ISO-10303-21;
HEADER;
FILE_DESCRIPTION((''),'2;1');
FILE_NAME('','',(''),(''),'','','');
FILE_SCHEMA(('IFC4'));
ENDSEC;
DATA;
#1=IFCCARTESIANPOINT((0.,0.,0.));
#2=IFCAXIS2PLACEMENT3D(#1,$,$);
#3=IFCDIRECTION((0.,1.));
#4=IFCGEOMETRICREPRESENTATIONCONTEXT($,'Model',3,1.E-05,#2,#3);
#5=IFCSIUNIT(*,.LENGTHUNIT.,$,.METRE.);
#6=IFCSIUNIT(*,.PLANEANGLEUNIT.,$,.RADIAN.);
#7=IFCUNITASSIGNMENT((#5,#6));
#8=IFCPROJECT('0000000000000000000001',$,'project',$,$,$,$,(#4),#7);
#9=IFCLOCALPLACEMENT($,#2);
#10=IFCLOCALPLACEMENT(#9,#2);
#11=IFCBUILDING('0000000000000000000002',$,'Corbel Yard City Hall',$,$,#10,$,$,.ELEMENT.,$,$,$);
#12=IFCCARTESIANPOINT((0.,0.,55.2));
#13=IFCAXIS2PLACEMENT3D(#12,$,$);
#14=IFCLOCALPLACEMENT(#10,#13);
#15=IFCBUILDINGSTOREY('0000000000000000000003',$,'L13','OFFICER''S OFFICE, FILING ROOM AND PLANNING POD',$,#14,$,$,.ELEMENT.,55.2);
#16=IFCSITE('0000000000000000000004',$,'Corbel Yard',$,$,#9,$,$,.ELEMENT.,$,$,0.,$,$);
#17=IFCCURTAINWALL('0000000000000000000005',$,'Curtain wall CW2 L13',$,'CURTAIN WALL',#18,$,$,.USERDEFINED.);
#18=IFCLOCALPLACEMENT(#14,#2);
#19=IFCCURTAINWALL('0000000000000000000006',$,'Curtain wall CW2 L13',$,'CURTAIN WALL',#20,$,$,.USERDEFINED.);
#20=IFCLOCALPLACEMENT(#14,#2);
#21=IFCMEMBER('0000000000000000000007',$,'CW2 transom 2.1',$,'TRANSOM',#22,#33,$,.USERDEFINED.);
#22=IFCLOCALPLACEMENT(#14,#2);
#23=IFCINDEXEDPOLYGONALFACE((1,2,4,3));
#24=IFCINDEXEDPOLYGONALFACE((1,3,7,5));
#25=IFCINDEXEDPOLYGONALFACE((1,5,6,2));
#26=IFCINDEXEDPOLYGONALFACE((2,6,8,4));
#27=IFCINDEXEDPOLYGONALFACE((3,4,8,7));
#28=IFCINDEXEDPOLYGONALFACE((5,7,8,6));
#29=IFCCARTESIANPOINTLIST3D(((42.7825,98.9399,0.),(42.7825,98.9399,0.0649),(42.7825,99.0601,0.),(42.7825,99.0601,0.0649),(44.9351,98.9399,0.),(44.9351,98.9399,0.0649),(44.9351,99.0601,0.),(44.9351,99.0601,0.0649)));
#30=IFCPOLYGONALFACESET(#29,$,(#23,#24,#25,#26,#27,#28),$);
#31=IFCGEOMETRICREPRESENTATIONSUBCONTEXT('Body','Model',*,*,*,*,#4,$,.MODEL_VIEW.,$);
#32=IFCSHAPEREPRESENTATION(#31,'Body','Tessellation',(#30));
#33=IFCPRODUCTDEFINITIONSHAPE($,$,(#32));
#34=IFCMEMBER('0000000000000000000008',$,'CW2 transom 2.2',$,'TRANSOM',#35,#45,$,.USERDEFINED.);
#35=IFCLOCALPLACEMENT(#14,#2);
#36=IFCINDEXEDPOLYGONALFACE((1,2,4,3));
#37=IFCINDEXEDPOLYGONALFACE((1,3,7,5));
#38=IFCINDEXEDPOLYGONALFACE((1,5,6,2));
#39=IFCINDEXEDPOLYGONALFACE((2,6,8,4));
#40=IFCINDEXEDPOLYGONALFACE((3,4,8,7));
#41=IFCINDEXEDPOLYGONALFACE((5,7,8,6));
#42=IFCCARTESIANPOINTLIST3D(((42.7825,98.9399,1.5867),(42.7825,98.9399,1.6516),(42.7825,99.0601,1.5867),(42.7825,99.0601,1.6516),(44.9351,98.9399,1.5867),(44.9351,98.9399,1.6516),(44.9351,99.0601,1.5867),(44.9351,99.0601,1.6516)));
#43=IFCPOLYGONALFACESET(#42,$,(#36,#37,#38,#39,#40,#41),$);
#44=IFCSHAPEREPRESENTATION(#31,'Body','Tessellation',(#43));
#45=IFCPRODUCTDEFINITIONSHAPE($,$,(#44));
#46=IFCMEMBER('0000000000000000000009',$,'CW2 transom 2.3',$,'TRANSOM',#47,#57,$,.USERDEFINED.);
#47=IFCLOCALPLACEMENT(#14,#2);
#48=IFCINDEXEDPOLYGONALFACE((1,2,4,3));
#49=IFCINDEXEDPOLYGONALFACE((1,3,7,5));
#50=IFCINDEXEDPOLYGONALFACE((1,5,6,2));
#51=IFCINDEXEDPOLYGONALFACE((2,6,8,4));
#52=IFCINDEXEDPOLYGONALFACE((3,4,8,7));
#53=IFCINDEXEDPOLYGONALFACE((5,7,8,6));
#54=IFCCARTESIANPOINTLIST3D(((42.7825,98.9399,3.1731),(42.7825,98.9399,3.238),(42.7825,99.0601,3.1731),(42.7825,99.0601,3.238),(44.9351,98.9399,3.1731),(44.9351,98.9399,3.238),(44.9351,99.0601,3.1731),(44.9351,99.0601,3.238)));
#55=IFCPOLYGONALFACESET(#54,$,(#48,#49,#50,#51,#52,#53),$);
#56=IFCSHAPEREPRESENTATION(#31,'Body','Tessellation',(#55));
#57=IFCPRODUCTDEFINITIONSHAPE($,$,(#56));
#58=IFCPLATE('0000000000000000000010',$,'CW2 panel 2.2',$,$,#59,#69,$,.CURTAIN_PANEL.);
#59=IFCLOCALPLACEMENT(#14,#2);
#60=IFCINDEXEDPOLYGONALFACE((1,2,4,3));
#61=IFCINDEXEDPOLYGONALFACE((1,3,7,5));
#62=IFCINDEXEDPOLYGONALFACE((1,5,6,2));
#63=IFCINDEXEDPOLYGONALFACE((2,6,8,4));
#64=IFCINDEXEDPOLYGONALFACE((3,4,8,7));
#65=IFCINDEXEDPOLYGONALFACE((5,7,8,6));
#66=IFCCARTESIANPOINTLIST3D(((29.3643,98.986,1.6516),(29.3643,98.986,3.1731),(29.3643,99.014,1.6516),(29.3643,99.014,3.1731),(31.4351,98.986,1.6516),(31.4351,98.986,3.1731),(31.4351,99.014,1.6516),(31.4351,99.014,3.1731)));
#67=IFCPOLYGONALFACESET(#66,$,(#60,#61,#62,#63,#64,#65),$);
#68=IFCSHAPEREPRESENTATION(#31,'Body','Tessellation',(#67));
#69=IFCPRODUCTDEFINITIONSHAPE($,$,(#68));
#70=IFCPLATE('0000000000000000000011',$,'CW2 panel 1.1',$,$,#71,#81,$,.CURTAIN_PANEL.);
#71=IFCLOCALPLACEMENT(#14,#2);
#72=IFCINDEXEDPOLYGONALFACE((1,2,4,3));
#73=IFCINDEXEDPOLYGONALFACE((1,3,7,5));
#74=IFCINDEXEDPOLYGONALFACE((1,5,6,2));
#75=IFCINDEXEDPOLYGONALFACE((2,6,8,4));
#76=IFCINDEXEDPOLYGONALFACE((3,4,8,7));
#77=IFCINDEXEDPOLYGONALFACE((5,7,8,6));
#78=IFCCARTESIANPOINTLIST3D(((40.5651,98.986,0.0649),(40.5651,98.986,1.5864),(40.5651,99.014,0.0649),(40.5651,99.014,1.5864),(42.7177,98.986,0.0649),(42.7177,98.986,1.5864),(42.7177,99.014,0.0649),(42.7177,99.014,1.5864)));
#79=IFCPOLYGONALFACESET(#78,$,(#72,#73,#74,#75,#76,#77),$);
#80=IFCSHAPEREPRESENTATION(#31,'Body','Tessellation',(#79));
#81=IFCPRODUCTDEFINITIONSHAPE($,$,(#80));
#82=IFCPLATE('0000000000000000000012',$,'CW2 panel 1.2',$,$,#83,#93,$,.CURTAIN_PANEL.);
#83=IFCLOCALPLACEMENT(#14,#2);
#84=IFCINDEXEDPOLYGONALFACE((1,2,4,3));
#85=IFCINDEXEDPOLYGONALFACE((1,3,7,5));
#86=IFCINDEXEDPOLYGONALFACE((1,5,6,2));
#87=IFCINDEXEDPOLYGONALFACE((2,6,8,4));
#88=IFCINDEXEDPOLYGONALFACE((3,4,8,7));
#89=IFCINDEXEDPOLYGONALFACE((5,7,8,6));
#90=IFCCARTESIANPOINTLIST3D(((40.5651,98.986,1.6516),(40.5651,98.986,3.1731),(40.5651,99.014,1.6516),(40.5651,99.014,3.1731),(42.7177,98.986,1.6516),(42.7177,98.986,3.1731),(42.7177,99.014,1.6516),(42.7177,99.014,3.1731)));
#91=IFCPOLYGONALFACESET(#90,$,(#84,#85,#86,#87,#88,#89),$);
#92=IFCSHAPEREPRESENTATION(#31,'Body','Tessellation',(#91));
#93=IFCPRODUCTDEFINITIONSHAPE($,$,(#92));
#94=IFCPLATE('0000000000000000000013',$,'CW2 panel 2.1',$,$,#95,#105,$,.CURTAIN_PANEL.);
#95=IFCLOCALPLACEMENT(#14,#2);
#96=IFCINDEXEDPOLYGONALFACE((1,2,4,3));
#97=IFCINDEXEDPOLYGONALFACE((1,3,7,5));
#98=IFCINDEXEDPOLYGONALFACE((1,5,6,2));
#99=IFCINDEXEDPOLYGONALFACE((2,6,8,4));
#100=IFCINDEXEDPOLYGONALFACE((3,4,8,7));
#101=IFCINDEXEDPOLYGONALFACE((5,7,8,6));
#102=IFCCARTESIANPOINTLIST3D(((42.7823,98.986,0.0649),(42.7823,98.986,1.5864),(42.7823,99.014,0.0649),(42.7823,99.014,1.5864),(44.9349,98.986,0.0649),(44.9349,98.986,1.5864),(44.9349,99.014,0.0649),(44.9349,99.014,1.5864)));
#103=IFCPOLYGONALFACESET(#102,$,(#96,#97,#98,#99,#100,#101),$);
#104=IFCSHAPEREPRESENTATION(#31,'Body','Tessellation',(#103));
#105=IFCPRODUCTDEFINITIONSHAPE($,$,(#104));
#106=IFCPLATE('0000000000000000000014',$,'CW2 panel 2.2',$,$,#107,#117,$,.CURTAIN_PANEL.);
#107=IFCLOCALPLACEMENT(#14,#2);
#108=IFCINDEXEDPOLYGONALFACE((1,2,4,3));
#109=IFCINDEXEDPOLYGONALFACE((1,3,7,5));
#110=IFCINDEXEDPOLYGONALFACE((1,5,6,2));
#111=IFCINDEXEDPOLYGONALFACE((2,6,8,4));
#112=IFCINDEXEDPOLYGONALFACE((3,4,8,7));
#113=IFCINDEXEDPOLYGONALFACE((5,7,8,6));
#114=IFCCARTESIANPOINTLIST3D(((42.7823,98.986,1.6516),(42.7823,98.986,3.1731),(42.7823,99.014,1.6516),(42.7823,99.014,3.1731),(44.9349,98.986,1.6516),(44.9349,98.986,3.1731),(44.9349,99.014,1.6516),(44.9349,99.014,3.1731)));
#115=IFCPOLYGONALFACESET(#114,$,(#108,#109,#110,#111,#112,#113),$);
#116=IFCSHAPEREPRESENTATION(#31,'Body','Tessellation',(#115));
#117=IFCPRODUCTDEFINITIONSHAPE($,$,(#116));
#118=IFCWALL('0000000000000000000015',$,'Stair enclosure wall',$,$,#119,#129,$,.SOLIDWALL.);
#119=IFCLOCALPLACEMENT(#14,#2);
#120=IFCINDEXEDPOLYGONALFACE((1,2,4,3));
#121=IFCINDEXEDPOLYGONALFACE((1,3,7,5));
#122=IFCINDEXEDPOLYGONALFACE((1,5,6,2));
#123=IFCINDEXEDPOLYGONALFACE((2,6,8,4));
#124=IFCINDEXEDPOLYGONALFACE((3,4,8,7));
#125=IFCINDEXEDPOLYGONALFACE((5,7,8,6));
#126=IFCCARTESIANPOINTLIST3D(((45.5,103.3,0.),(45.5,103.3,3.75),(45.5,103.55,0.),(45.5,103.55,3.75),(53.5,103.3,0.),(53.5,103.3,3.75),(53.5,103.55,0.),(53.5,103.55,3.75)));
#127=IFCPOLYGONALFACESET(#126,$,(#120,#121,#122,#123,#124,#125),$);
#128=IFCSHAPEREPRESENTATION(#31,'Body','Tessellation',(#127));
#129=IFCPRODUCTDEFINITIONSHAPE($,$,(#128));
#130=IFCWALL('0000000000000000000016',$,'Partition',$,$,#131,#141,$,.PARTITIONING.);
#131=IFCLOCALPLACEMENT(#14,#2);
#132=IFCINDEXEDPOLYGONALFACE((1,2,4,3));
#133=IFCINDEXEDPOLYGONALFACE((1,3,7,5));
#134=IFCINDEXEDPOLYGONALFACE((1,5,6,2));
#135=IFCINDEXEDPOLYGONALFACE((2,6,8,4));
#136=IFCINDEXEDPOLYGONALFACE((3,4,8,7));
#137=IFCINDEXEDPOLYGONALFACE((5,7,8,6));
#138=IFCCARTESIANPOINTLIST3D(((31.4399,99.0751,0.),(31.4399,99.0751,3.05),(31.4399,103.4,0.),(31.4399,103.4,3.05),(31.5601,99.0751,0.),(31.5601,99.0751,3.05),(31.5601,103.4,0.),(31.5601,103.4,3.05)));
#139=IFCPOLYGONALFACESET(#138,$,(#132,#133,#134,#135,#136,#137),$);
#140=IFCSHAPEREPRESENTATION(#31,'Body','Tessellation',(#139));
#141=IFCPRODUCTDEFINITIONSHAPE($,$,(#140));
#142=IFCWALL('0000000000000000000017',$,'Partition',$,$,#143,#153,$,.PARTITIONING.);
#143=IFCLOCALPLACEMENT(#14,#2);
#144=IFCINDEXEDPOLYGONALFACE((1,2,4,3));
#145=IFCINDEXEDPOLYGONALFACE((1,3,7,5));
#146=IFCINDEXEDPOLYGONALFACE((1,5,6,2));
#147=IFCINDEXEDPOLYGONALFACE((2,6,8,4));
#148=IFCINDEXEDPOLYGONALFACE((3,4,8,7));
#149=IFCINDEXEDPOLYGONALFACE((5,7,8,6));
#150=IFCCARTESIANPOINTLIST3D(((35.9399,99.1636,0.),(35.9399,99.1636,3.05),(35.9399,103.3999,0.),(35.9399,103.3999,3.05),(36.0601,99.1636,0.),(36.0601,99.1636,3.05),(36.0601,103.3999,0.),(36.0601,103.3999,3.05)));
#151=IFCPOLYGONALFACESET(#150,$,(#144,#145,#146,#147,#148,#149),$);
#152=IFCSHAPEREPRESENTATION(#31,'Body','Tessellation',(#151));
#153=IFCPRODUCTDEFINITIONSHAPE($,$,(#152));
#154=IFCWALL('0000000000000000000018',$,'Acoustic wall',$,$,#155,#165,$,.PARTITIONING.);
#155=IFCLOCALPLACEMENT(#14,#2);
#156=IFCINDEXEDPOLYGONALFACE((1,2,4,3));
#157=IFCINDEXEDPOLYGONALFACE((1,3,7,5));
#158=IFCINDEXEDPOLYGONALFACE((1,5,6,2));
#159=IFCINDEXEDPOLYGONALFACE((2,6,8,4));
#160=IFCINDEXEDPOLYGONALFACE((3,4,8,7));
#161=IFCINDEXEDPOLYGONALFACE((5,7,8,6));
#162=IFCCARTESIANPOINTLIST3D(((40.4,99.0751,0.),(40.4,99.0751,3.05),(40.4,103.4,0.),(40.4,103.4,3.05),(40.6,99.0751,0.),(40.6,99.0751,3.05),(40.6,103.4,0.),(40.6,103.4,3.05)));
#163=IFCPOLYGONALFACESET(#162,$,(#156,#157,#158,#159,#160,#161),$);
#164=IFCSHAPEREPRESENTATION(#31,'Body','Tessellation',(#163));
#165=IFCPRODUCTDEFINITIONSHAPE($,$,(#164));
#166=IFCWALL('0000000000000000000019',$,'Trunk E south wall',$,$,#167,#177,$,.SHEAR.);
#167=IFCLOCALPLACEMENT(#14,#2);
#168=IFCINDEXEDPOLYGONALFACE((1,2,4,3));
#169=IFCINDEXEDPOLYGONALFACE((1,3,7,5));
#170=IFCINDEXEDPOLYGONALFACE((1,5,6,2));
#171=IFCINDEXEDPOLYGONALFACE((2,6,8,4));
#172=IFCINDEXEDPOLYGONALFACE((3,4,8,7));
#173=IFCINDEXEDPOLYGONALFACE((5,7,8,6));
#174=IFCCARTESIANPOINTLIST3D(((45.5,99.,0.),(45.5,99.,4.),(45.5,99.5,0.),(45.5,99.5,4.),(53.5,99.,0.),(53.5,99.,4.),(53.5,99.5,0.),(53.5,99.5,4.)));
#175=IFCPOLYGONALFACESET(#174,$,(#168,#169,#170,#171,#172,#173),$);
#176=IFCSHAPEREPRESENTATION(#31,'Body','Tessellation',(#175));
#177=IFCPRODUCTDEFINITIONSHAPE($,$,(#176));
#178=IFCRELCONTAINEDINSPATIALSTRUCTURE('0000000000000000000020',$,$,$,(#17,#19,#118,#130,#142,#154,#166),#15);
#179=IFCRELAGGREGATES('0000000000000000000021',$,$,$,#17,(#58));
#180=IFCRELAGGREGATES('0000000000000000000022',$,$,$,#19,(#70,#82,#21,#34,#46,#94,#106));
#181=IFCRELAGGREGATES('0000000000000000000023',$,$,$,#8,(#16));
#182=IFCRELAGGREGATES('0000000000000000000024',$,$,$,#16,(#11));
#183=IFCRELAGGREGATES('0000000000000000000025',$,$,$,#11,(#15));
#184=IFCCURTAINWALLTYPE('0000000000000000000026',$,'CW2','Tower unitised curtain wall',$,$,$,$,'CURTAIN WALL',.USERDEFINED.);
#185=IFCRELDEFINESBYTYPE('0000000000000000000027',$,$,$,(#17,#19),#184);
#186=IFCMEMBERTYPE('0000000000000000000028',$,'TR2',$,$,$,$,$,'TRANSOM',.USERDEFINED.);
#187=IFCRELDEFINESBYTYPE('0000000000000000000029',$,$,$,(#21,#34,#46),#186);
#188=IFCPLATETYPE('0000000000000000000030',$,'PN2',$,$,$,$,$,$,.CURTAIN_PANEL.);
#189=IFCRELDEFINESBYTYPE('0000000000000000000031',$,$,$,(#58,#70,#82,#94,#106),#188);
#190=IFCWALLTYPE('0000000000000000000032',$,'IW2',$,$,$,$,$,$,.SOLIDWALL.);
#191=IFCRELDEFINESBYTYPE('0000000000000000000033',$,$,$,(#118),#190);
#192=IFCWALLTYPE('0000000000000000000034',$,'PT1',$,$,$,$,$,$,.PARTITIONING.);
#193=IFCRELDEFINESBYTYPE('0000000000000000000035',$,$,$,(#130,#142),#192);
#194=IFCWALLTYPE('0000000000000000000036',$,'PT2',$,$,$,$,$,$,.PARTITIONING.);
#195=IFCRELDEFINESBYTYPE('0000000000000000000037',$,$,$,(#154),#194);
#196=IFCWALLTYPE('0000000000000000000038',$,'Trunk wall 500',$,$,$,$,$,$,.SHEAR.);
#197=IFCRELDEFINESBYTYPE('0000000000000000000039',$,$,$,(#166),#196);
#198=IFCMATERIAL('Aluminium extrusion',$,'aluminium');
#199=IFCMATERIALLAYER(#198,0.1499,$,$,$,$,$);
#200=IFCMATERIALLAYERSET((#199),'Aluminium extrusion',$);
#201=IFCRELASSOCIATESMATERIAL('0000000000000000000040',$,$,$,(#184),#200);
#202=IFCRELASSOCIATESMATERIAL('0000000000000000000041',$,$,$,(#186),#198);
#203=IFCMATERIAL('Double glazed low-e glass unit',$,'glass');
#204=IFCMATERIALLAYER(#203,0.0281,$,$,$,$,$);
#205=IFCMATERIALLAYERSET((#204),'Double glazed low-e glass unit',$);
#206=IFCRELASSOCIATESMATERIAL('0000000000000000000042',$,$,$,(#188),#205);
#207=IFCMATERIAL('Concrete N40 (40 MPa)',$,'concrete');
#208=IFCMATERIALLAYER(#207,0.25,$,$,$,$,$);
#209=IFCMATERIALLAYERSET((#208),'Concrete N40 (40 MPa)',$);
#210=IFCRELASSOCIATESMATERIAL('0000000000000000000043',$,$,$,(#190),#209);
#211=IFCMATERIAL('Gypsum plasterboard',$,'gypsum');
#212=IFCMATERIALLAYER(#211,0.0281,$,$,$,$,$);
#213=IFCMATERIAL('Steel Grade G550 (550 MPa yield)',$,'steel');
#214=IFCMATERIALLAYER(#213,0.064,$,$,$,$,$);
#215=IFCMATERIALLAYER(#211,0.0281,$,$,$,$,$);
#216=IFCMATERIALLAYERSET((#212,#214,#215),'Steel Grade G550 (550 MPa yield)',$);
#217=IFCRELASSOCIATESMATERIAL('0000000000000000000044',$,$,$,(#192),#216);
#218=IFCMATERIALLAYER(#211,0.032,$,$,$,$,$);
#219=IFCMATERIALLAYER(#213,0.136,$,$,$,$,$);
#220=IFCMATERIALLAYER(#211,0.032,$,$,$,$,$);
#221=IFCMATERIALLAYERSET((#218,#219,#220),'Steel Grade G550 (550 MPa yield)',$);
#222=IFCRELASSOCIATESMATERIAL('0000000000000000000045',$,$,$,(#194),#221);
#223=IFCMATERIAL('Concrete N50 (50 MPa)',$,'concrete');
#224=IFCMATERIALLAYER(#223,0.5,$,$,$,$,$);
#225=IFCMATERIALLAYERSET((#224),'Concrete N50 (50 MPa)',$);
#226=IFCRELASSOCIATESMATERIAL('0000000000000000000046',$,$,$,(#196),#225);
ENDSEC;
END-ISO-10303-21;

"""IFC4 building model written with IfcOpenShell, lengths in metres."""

from ifc_helpers import new_model, si_unit, direction, frame, frame_2d, origin, origin_2d, place, context, subcontext, project, spatial, rectangle, extrude, material, layer, layer_set, material_profile, profile_set, type_object, element, aggregate, save


model = new_model("IFC4")

# Units and contexts
model_context = context("Model", 3, precision=1e-05, world=origin(), true_north=direction((0.0, 1.0)))
body_context = subcontext(model_context, "Body", "Model", "MODEL_VIEW")
ifc_project = project(units=[si_unit("LENGTHUNIT", "METRE"), si_unit("PLANEANGLEUNIT", "RADIAN")], contexts=[model_context])

# Site, building, storey
site_placement = place(None, origin())
site = spatial("IfcSite", under=ifc_project, at=site_placement, Name="Corbel Yard", CompositionType="ELEMENT", RefElevation=0.0)
building_placement = place(site_placement, origin())
building = spatial("IfcBuilding", under=site, at=building_placement, Name="Corbel Yard City Hall", CompositionType="ELEMENT")
storey_placement = place(building_placement, frame((0.0, 0.0, 55.2)))
storey = spatial("IfcBuildingStorey", under=building, at=storey_placement, Name="L13", Description="OFFICER'S OFFICE, FILING ROOM AND PLANNING POD", CompositionType="ELEMENT", Elevation=55.2)

# Curtain wall
ifc_material_1 = material(Name="Aluminium extrusion", Category="aluminium")
ifc_layer_1 = layer(ifc_material_1, 0.1499)
ifc_layer_set_1 = layer_set([ifc_layer_1], Name="Aluminium extrusion")
curtain_wall_type = type_object("IfcCurtainWallType", Name="CW2", Description="Tower unitised curtain wall", ElementType="CURTAIN WALL", PredefinedType="USERDEFINED", material=ifc_layer_set_1)
curtain_wall_1_placement = place(storey_placement, origin())
curtain_wall_1 = element("IfcCurtainWall", 1, at=curtain_wall_1_placement, inside=storey, type_object=curtain_wall_type, Name="Curtain wall CW2 L13", ObjectType="CURTAIN WALL", PredefinedType="USERDEFINED")

# Curtain wall, members
curtain_wall_2_placement = place(storey_placement, origin())
curtain_wall_2 = element("IfcCurtainWall", 2, at=curtain_wall_2_placement, inside=storey, type_object=curtain_wall_type, Name="Curtain wall CW2 L13", ObjectType="CURTAIN WALL", PredefinedType="USERDEFINED")
ifc_material_profile_1 = material_profile(ifc_material_1, rectangle(XDim=0.1201, YDim=0.0649, at=origin_2d()), Name="120x65")
ifc_profile_set_1 = profile_set([ifc_material_profile_1], Name="Aluminium extrusion")
member_type_1 = type_object("IfcMemberType", Name="TR2", ElementType="TRANSOM", PredefinedType="USERDEFINED", material=ifc_profile_set_1)
member_1_placement = place(storey_placement, frame((42.7825, 99.0, 0.0325), z_axis=(1.0, 0.0, 0.0), x_axis=(0.0, 1.0, 0.0)))
member_1 = element("IfcMember", 3, at=member_1_placement, type_object=member_type_1, Name="CW2 transom 2.1", ObjectType="TRANSOM", PredefinedType="USERDEFINED", context=body_context, shape_type="SweptSolid", body=[
    extrude(rectangle(XDim=0.1201, YDim=0.0649, at=origin_2d()), origin(), (0.0, 0.0, 1.0), 2.1526),
])
member_2_placement = place(storey_placement, frame((42.7825, 99.0, 1.6191), z_axis=(1.0, 0.0, 0.0), x_axis=(0.0, 1.0, 0.0)))
member_2 = element("IfcMember", 4, at=member_2_placement, type_object=member_type_1, Name="CW2 transom 2.2", ObjectType="TRANSOM", PredefinedType="USERDEFINED", context=body_context, shape_type="SweptSolid", body=[
    extrude(rectangle(XDim=0.1201, YDim=0.0649, at=origin_2d()), origin(), (0.0, 0.0, 1.0), 2.1526),
])
member_3_placement = place(storey_placement, frame((42.7825, 99.0, 3.2056), z_axis=(1.0, 0.0, 0.0), x_axis=(0.0, 1.0, 0.0)))
member_3 = element("IfcMember", 5, at=member_3_placement, type_object=member_type_1, Name="CW2 transom 2.3", ObjectType="TRANSOM", PredefinedType="USERDEFINED", context=body_context, shape_type="SweptSolid", body=[
    extrude(rectangle(XDim=0.1201, YDim=0.0649, at=origin_2d()), origin(), (0.0, 0.0, 1.0), 2.1526),
])

# Plates
ifc_material_2 = material(Name="Double glazed low-e glass unit", Category="glass")
ifc_layer_2 = layer(ifc_material_2, 0.0281)
ifc_layer_set_2 = layer_set([ifc_layer_2], Name="Double glazed low-e glass unit")
plate_type = type_object("IfcPlateType", Name="PN2", PredefinedType="CURTAIN_PANEL", material=ifc_layer_set_2)
plate_1_placement = place(storey_placement, frame((30.3997, 99.0, 1.6516), z_axis=(0.0, 0.0, 1.0), x_axis=(1.0, 0.0, 0.0)))
plate_1 = element("IfcPlate", 6, at=plate_1_placement, type_object=plate_type, Name="CW2 panel 2.2", PredefinedType="CURTAIN_PANEL", context=body_context, shape_type="SweptSolid", body=[
    extrude(rectangle(XDim=2.0708, YDim=0.0281, at=origin_2d()), origin(), (0.0, 0.0, 1.0), 1.5215),
])
aggregate(curtain_wall_1, [plate_1])
plate_2_placement = place(storey_placement, frame((41.6414, 99.0, 0.0649), z_axis=(0.0, 0.0, 1.0), x_axis=(1.0, 0.0, 0.0)))
plate_2 = element("IfcPlate", 7, at=plate_2_placement, type_object=plate_type, Name="CW2 panel 1.1", PredefinedType="CURTAIN_PANEL", context=body_context, shape_type="SweptSolid", body=[
    extrude(rectangle(XDim=2.1526, YDim=0.0281, at=origin_2d()), origin(), (0.0, 0.0, 1.0), 1.5215),
])
plate_3_placement = place(storey_placement, frame((41.6414, 99.0, 1.6516), z_axis=(0.0, 0.0, 1.0), x_axis=(1.0, 0.0, 0.0)))
plate_3 = element("IfcPlate", 8, at=plate_3_placement, type_object=plate_type, Name="CW2 panel 1.2", PredefinedType="CURTAIN_PANEL", context=body_context, shape_type="SweptSolid", body=[
    extrude(rectangle(XDim=2.1526, YDim=0.0281, at=origin_2d()), origin(), (0.0, 0.0, 1.0), 1.5215),
])
plate_4_placement = place(storey_placement, frame((43.8586, 99.0, 0.0649), z_axis=(0.0, 0.0, 1.0), x_axis=(1.0, 0.0, 0.0)))
plate_4 = element("IfcPlate", 9, at=plate_4_placement, type_object=plate_type, Name="CW2 panel 2.1", PredefinedType="CURTAIN_PANEL", context=body_context, shape_type="SweptSolid", body=[
    extrude(rectangle(XDim=2.1526, YDim=0.0281, at=origin_2d()), origin(), (0.0, 0.0, 1.0), 1.5215),
])
plate_5_placement = place(storey_placement, frame((43.8586, 99.0, 1.6516), z_axis=(0.0, 0.0, 1.0), x_axis=(1.0, 0.0, 0.0)))
plate_5 = element("IfcPlate", 10, at=plate_5_placement, type_object=plate_type, Name="CW2 panel 2.2", PredefinedType="CURTAIN_PANEL", context=body_context, shape_type="SweptSolid", body=[
    extrude(rectangle(XDim=2.1526, YDim=0.0281, at=origin_2d()), origin(), (0.0, 0.0, 1.0), 1.5215),
])
aggregate(curtain_wall_2, [plate_2, plate_3, member_1, member_2, member_3, plate_4, plate_5])

# Walls
ifc_material_3 = material(Name="Concrete N40 (40 MPa)", Category="concrete")
ifc_layer_3 = layer(ifc_material_3, 0.25)
ifc_layer_set_3 = layer_set([ifc_layer_3], Name="Concrete N40 (40 MPa)")
wall_type_1 = type_object("IfcWallType", Name="IW2", PredefinedType="SOLIDWALL", material=ifc_layer_set_3)
wall_1_placement = place(storey_placement, frame((45.5, 103.425, 0.0), z_axis=(0.0, 0.0, 1.0), x_axis=(1.0, 0.0, 0.0)))
element("IfcWall", 11, at=wall_1_placement, inside=storey, type_object=wall_type_1, Name="Stair enclosure wall", PredefinedType="SOLIDWALL", context=body_context, shape_type="SweptSolid", body=[
    extrude(rectangle(XDim=8.0, YDim=0.25, at=frame_2d((4.0, 0.0))), origin(), (0.0, 0.0, 1.0), 3.75),
])
ifc_material_4 = material(Name="Gypsum plasterboard", Category="gypsum")
ifc_layer_4 = layer(ifc_material_4, 0.0281)
ifc_material_5 = material(Name="Steel Grade G550 (550 MPa yield)", Category="steel")
ifc_layer_5 = layer(ifc_material_5, 0.064)
ifc_layer_6 = layer(ifc_material_4, 0.0281)
ifc_layer_set_4 = layer_set([ifc_layer_4, ifc_layer_5, ifc_layer_6], Name="Steel Grade G550 (550 MPa yield)")
wall_type_2 = type_object("IfcWallType", Name="PT1", PredefinedType="PARTITIONING", material=ifc_layer_set_4)
wall_2_placement = place(storey_placement, frame((31.5, 99.075, 0.0), z_axis=(0.0, 0.0, 1.0), x_axis=(0.0, 1.0, 0.0)))
element("IfcWall", 12, at=wall_2_placement, inside=storey, type_object=wall_type_2, Name="Partition", PredefinedType="PARTITIONING", context=body_context, shape_type="SweptSolid", body=[
    extrude(rectangle(XDim=4.325, YDim=0.1201, at=frame_2d((2.1626, 0.0))), origin(), (0.0, 0.0, 1.0), 3.05),
])
wall_3_placement = place(storey_placement, frame((36.0, 99.1636, 0.0), z_axis=(0.0, 0.0, 1.0), x_axis=(0.0, 1.0, 0.0)))
element("IfcWall", 13, at=wall_3_placement, inside=storey, type_object=wall_type_2, Name="Partition", PredefinedType="PARTITIONING", context=body_context, shape_type="SweptSolid", body=[
    extrude(rectangle(XDim=4.2363, YDim=0.1201, at=frame_2d((2.1182, 0.0))), origin(), (0.0, 0.0, 1.0), 3.05),
])
ifc_layer_7 = layer(ifc_material_4, 0.032)
ifc_layer_8 = layer(ifc_material_5, 0.136)
ifc_layer_9 = layer(ifc_material_4, 0.032)
ifc_layer_set_5 = layer_set([ifc_layer_7, ifc_layer_8, ifc_layer_9], Name="Steel Grade G550 (550 MPa yield)")
wall_type_3 = type_object("IfcWallType", Name="PT2", PredefinedType="PARTITIONING", material=ifc_layer_set_5)
wall_4_placement = place(storey_placement, frame((40.5, 99.075, 0.0), z_axis=(0.0, 0.0, 1.0), x_axis=(0.0, 1.0, 0.0)))
element("IfcWall", 14, at=wall_4_placement, inside=storey, type_object=wall_type_3, Name="Acoustic wall", PredefinedType="PARTITIONING", context=body_context, shape_type="SweptSolid", body=[
    extrude(rectangle(XDim=4.325, YDim=0.2, at=frame_2d((2.1626, 0.0))), origin(), (0.0, 0.0, 1.0), 3.05),
])
ifc_material_6 = material(Name="Concrete N50 (50 MPa)", Category="concrete")
ifc_layer_10 = layer(ifc_material_6, 0.5)
ifc_layer_set_6 = layer_set([ifc_layer_10], Name="Concrete N50 (50 MPa)")
wall_type_4 = type_object("IfcWallType", Name="Trunk wall 500", PredefinedType="SHEAR", material=ifc_layer_set_6)
wall_5_placement = place(storey_placement, frame((45.5, 99.25, 0.0), z_axis=(0.0, 0.0, 1.0), x_axis=(1.0, 0.0, 0.0)))
element("IfcWall", 15, at=wall_5_placement, inside=storey, type_object=wall_type_4, Name="Trunk E south wall", PredefinedType="SHEAR", context=body_context, shape_type="SweptSolid", body=[
    extrude(rectangle(XDim=8.0, YDim=0.5, at=frame_2d((4.0, 0.0))), origin(), (0.0, 0.0, 1.0), 4.0),
])

save(model, "model.ifc")
